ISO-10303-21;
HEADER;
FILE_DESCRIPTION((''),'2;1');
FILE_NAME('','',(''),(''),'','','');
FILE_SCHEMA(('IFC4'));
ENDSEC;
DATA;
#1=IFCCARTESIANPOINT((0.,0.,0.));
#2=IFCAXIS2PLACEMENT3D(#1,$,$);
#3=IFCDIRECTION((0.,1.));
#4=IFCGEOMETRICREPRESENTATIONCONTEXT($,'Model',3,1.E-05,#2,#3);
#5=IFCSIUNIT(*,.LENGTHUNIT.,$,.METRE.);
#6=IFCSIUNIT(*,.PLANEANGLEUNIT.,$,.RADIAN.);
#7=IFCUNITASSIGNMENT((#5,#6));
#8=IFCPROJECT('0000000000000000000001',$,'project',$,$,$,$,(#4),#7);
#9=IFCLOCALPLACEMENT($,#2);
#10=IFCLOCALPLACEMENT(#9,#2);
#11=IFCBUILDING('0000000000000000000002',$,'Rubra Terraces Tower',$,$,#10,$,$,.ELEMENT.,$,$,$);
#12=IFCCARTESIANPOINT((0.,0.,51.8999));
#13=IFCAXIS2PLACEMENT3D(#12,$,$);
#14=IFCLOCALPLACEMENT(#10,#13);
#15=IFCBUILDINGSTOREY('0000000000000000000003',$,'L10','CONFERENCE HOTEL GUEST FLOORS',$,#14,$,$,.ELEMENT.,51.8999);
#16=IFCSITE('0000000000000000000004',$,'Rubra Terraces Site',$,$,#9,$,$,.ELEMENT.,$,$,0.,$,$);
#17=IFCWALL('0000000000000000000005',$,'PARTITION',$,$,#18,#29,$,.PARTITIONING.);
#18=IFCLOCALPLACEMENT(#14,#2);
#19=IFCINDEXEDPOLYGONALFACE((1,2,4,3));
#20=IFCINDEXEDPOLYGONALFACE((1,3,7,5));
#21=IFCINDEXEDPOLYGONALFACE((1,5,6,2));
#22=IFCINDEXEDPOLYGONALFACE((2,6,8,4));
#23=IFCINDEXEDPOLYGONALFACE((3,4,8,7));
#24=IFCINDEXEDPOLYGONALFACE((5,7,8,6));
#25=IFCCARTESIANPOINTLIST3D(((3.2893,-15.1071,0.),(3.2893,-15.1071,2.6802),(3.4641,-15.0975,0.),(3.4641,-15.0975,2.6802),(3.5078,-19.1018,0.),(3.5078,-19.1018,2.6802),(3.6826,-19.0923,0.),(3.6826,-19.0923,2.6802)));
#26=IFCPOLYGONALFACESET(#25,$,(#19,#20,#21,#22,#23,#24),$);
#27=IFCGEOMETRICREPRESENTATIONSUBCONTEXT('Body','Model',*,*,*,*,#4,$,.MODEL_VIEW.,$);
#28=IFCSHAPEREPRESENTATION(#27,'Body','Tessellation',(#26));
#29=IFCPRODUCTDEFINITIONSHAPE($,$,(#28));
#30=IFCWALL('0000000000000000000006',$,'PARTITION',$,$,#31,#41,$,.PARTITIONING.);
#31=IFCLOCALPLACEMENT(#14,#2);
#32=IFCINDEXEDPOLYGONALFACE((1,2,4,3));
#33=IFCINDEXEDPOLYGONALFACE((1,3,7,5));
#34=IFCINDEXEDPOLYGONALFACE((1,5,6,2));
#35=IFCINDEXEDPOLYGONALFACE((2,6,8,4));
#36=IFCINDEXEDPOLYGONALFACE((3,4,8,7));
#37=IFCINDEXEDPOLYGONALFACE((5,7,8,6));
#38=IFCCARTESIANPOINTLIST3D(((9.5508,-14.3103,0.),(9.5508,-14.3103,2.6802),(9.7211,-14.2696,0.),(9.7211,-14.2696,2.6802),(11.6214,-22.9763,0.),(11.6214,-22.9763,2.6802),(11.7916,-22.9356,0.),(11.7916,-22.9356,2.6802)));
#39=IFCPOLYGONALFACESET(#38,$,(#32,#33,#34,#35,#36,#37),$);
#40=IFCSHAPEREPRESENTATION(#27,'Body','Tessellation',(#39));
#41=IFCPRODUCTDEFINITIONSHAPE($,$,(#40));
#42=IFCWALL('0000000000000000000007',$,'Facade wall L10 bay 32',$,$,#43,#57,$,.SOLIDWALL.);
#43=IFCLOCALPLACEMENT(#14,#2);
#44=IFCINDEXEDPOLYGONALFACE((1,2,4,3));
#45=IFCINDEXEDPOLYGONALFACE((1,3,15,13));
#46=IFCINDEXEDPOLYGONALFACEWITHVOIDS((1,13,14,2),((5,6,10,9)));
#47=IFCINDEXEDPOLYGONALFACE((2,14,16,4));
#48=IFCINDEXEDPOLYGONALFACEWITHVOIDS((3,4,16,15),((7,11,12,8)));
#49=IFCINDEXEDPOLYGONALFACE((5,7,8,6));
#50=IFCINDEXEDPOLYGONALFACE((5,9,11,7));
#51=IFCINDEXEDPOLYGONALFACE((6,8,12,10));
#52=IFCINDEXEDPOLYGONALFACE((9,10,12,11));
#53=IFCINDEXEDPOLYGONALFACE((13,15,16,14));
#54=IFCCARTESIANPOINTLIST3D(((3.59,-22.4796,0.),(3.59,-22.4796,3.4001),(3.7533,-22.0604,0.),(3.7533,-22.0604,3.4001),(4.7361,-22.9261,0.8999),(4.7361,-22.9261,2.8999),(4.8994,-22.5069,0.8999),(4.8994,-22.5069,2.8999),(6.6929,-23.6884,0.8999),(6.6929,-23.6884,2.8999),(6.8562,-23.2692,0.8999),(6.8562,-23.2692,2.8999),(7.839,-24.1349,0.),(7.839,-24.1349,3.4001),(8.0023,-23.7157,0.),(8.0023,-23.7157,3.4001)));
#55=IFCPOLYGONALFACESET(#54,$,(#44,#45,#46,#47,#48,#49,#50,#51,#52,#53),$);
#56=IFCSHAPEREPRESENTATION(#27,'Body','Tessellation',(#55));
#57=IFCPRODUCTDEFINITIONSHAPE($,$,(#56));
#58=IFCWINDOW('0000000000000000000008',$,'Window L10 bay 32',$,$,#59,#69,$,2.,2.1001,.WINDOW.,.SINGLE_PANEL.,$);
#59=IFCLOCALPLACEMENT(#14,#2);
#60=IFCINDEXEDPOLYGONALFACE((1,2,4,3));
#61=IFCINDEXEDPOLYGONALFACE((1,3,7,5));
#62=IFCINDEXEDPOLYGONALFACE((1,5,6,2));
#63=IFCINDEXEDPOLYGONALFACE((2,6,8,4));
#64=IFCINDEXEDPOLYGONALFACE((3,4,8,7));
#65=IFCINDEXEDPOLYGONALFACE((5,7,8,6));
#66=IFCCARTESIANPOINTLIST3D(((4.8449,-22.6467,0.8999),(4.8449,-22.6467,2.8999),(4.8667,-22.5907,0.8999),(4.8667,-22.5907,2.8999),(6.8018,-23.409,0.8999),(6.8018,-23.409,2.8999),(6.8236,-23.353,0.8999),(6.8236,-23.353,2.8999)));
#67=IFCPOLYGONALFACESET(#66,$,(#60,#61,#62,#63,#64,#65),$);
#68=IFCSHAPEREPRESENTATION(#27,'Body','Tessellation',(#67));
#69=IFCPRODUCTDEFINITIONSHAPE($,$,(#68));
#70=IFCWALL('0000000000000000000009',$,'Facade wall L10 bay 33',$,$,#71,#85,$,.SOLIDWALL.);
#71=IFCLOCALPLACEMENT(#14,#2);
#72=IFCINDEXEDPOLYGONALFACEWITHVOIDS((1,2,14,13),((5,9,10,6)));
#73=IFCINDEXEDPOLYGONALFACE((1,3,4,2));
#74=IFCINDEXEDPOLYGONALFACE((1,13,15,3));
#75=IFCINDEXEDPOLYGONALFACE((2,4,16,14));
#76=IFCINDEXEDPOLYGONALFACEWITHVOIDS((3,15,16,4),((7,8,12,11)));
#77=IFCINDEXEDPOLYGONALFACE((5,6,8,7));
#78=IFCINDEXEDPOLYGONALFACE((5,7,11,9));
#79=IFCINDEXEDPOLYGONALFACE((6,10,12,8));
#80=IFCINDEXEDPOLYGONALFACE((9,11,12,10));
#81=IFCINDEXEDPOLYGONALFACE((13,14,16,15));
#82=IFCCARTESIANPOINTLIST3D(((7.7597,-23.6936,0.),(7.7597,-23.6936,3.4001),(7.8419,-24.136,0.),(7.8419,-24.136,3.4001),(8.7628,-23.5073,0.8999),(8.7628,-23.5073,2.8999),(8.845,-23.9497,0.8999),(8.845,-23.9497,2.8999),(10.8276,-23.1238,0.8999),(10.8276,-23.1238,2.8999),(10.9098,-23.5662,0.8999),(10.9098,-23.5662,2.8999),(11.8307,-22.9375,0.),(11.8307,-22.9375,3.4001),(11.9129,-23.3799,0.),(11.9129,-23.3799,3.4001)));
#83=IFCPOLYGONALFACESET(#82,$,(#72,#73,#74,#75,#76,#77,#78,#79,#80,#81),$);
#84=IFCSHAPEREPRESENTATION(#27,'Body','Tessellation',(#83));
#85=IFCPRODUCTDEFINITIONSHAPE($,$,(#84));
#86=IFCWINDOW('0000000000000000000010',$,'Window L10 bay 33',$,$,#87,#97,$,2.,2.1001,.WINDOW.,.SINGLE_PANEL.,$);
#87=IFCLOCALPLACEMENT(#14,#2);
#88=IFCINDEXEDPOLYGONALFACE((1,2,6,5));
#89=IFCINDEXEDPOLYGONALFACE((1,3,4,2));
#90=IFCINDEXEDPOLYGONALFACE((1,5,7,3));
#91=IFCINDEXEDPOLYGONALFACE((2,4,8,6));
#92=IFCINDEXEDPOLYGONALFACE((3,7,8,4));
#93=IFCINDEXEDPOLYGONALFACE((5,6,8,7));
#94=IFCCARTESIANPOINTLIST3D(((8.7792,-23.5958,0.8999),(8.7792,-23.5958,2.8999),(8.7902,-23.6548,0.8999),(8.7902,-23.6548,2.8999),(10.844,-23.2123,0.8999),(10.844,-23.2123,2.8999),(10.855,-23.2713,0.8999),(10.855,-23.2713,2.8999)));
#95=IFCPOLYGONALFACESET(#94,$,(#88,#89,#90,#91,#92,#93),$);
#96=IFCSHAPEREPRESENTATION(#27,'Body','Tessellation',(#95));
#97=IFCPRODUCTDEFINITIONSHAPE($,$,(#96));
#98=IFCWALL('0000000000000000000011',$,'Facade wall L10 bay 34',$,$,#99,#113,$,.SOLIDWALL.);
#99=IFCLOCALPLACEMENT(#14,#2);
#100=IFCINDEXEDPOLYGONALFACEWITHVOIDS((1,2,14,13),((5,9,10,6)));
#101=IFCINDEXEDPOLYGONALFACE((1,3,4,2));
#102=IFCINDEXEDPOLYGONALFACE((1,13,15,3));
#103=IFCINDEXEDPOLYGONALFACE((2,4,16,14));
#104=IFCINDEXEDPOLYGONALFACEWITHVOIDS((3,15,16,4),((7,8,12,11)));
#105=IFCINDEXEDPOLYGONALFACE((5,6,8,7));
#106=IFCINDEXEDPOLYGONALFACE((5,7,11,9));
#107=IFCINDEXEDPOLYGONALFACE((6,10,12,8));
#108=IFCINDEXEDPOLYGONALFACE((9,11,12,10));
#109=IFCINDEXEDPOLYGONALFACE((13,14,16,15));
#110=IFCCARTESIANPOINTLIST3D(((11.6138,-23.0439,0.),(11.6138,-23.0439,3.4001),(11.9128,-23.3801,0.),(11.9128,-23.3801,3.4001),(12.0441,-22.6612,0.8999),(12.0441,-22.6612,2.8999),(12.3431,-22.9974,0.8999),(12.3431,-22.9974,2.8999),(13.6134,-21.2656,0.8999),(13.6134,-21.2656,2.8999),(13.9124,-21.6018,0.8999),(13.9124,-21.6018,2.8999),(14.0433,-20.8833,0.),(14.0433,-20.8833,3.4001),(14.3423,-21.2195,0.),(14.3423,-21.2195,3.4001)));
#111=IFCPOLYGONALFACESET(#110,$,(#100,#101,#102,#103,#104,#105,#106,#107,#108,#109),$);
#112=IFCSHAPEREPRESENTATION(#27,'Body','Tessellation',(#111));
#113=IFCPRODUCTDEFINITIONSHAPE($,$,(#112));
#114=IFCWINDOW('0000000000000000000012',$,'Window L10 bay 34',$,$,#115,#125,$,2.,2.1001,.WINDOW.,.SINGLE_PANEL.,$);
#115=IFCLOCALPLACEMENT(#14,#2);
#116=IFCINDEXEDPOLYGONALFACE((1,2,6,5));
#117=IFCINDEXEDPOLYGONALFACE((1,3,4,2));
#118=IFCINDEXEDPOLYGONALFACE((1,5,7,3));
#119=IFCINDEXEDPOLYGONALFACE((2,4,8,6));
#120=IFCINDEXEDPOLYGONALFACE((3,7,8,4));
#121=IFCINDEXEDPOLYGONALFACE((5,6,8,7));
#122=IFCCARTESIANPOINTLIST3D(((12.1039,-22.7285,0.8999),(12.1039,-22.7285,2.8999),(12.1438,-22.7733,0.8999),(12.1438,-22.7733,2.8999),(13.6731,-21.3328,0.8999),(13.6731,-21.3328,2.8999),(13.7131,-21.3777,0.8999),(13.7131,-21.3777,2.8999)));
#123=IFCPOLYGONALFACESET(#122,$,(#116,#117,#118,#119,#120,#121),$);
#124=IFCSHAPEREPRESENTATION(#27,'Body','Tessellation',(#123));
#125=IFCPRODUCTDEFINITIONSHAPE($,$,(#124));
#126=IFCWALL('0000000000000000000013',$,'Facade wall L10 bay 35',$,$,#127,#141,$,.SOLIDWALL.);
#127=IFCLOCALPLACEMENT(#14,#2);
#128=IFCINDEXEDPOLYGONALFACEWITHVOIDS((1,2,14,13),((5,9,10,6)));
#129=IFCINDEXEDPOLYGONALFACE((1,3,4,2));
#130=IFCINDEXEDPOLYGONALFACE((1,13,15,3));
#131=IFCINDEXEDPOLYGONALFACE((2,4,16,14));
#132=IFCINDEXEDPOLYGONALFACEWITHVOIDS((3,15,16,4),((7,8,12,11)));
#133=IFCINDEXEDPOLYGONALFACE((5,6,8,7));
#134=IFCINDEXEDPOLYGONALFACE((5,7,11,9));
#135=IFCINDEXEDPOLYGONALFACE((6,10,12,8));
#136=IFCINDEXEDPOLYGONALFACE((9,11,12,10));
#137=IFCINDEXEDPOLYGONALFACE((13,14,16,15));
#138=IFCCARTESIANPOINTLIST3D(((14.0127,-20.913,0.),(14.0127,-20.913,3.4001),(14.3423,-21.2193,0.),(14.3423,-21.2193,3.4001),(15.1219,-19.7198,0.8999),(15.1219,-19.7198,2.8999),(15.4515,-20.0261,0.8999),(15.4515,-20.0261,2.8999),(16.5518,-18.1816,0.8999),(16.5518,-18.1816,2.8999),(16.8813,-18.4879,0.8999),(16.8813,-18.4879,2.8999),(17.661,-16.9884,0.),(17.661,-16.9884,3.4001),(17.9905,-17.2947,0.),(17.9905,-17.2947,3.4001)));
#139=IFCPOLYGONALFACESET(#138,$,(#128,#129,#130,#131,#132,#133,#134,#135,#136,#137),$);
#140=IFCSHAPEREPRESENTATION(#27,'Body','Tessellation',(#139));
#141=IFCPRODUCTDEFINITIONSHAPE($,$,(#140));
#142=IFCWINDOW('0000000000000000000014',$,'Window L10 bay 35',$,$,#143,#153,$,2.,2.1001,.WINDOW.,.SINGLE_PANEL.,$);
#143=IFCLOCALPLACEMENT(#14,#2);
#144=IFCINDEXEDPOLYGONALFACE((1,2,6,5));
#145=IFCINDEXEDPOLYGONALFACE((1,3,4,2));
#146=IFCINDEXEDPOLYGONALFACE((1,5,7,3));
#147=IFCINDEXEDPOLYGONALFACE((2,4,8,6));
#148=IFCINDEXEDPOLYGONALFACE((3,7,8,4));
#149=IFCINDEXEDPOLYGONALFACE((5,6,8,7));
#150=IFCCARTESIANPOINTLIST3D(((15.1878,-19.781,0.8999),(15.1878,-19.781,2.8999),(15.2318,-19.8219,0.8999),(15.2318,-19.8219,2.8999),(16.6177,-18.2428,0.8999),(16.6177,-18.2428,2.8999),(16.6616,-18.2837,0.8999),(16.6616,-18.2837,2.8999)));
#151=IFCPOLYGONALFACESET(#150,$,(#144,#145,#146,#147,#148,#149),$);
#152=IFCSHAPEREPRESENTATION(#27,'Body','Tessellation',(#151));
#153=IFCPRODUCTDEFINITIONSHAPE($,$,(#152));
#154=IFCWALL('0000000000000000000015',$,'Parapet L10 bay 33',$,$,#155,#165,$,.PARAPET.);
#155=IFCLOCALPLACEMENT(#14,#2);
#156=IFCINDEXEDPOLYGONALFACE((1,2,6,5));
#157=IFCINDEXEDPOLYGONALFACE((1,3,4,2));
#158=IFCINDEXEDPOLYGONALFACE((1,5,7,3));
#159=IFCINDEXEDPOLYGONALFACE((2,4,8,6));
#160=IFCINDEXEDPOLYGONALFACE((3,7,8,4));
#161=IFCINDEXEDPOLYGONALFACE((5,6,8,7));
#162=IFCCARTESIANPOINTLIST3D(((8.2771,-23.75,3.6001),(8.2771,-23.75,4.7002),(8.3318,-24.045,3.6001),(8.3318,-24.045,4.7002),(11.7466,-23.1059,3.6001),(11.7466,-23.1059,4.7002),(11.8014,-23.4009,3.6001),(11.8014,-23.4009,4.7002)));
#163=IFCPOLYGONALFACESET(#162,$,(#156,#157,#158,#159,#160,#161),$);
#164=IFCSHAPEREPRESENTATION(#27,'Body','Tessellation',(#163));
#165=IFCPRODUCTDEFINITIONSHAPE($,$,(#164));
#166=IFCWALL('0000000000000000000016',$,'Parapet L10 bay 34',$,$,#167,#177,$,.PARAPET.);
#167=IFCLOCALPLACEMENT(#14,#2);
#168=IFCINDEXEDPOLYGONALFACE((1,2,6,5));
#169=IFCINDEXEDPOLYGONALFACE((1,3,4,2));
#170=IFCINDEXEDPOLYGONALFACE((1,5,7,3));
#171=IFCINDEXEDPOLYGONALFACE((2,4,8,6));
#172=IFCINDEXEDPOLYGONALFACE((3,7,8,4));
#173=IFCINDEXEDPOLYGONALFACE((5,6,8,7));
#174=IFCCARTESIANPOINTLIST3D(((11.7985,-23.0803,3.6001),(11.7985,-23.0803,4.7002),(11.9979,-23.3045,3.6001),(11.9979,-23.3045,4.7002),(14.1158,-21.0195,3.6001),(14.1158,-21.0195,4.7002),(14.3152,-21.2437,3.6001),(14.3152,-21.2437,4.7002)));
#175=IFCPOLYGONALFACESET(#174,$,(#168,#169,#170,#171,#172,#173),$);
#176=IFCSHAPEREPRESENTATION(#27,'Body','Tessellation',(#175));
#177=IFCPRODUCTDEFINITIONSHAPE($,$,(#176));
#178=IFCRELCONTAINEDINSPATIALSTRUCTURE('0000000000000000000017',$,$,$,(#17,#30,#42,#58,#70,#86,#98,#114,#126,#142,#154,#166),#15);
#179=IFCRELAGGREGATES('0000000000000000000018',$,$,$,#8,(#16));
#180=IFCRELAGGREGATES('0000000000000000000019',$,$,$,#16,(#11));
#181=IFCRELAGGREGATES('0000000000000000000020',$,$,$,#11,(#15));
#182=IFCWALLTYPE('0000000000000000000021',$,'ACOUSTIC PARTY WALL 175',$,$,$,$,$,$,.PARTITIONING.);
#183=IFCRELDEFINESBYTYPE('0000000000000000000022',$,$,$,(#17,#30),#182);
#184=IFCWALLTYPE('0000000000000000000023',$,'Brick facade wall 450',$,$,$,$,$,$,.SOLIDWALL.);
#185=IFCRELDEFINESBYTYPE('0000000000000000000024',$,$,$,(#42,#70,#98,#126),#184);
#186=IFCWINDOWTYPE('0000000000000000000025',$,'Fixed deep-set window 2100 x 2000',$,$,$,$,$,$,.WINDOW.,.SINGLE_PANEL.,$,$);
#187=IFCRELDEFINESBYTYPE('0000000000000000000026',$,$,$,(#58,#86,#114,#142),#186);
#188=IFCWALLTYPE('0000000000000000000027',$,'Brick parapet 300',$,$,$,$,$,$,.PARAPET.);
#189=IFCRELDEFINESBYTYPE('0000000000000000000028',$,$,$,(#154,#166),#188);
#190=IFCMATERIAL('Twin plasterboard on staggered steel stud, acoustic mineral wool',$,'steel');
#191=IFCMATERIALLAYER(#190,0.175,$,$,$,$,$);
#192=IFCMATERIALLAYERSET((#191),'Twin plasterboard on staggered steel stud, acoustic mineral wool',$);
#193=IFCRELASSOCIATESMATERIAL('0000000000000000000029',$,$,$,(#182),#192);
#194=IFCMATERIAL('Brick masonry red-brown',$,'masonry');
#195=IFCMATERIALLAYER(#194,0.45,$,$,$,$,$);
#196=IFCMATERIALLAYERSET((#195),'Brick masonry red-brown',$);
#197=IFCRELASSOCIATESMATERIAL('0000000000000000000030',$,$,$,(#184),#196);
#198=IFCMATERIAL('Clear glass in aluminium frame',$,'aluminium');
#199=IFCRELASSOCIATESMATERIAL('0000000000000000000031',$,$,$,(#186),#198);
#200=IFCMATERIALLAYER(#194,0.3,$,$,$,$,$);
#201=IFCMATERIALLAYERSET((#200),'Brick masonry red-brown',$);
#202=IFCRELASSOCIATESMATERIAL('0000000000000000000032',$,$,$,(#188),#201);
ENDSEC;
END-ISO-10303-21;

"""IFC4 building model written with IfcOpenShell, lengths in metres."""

from ifc_helpers import new_model, si_unit, direction, frame, frame_2d, origin, place, context, subcontext, project, spatial, rectangle, extrude, material, layer, layer_set, type_object, element, fill, save


model = new_model("IFC4")

# Units and contexts
model_context = context("Model", 3, precision=1e-05, world=origin(), true_north=direction((0.0, 1.0)))
body_context = subcontext(model_context, "Body", "Model", "MODEL_VIEW")
ifc_project = project(units=[si_unit("LENGTHUNIT", "METRE"), si_unit("PLANEANGLEUNIT", "RADIAN")], contexts=[model_context])

# Site, building, storey
site_placement = place(None, origin())
site = spatial("IfcSite", under=ifc_project, at=site_placement, Name="Rubra Terraces Site", CompositionType="ELEMENT", RefElevation=0.0)
building_placement = place(site_placement, origin())
building = spatial("IfcBuilding", under=site, at=building_placement, Name="Rubra Terraces Tower", CompositionType="ELEMENT")
storey_placement = place(building_placement, frame((0.0, 0.0, 51.8999)))
storey = spatial("IfcBuildingStorey", under=building, at=storey_placement, Name="L10", Description="CONFERENCE HOTEL GUEST FLOORS", CompositionType="ELEMENT", Elevation=51.8999)

# Walls
ifc_material_1 = material(Name="Twin plasterboard on staggered steel stud, acoustic mineral wool", Category="steel")
ifc_layer_1 = layer(ifc_material_1, 0.175)
ifc_layer_set_1 = layer_set([ifc_layer_1], Name="Twin plasterboard on staggered steel stud, acoustic mineral wool")
wall_type_1 = type_object("IfcWallType", Name="ACOUSTIC PARTY WALL 175", PredefinedType="PARTITIONING", material=ifc_layer_set_1)
wall_1_placement = place(storey_placement, frame((3.5952, -19.0972, 0.0), z_axis=(0.0, 0.0, 1.0), x_axis=(-0.054615, 0.998507, 0.0)))
element("IfcWall", 1, at=wall_1_placement, inside=storey, type_object=wall_type_1, Name="PARTITION", PredefinedType="PARTITIONING", context=body_context, shape_type="SweptSolid", body=[
    extrude(rectangle(XDim=4.0007, YDim=0.175, at=frame_2d((2.0005, 0.0))), origin(), (0.0, 0.0, 1.0), 2.6802),
])
wall_2_placement = place(storey_placement, frame((11.7065, -22.9561, 0.0), z_axis=(0.0, 0.0, 1.0), x_axis=(-0.232387, 0.972623, 0.0)))
element("IfcWall", 2, at=wall_2_placement, inside=storey, type_object=wall_type_1, Name="PARTITION", PredefinedType="PARTITIONING", context=body_context, shape_type="SweptSolid", body=[
    extrude(rectangle(XDim=8.9099, YDim=0.175, at=frame_2d((4.4551, 0.0))), origin(), (0.0, 0.0, 1.0), 2.6802),
])

# Walls, openings, windows
ifc_material_2 = material(Name="Brick masonry red-brown", Category="masonry")
ifc_layer_2 = layer(ifc_material_2, 0.45)
ifc_layer_set_2 = layer_set([ifc_layer_2], Name="Brick masonry red-brown")
wall_type_2 = type_object("IfcWallType", Name="Brick facade wall 450", PredefinedType="SOLIDWALL", material=ifc_layer_set_2)
wall_3_placement = place(storey_placement, frame((3.6716, -22.27, 0.0), z_axis=(0.0, 0.0, 1.0), x_axis=(0.931792, -0.362994, 0.0)))
wall_3 = element("IfcWall", 3, at=wall_3_placement, inside=storey, type_object=wall_type_2, Name="Facade wall L10 bay 32", PredefinedType="SOLIDWALL", context=body_context, shape_type="SweptSolid", body=[
    extrude(rectangle(XDim=4.5601, YDim=0.45, at=frame_2d((2.28, 0.0))), origin(), (0.0, 0.0, 1.0), 3.4001),
])
opening_1_placement = place(wall_3_placement, frame((1.23, 0.0, 0.8999)))
opening_1 = element("IfcOpeningElement", 4, at=opening_1_placement, cuts=wall_3, PredefinedType="OPENING", context=body_context, shape_type="SweptSolid", body=[
    extrude(rectangle(XDim=2.1001, YDim=2.0, at=frame_2d((1.05, 1.0))), frame((0.0, 0.2349, 0.0), z_axis=(0.0, -1.0, 0.0), x_axis=(1.0, 0.0, 0.0)), (0.0, 0.0, 1.0), 0.47),
])
ifc_material_3 = material(Name="Clear glass in aluminium frame", Category="aluminium")
window_type = type_object("IfcWindowType", Name="Fixed deep-set window 2100 x 2000", PartitioningType="SINGLE_PANEL", PredefinedType="WINDOW", material=ifc_material_3)
window_1_placement = place(opening_1_placement, origin())
window_1 = element("IfcWindow", 5, at=window_1_placement, inside=storey, type_object=window_type, Name="Window L10 bay 32", OverallHeight=2.0, OverallWidth=2.1001, PartitioningType="SINGLE_PANEL", PredefinedType="WINDOW", context=body_context, shape_type="SweptSolid", body=[
    extrude(rectangle(XDim=2.1001, YDim=2.0, at=frame_2d((1.05, 1.0))), frame((0.0, 0.135, 0.0), z_axis=(0.0, -1.0, 0.0), x_axis=(1.0, 0.0, 0.0)), (0.0, 0.0, 1.0), 0.0601),
])
fill(opening_1, window_1)
wall_4_placement = place(storey_placement, frame((7.8008, -23.9148, 0.0), z_axis=(0.0, 0.0, 1.0), x_axis=(0.983186, 0.182604, 0.0)))
wall_4 = element("IfcWall", 6, at=wall_4_placement, inside=storey, type_object=wall_type_2, Name="Facade wall L10 bay 33", PredefinedType="SOLIDWALL", context=body_context, shape_type="SweptSolid", body=[
    extrude(rectangle(XDim=4.1406, YDim=0.45, at=frame_2d((2.0703, 0.0))), origin(), (0.0, 0.0, 1.0), 3.4001),
])
opening_2_placement = place(wall_4_placement, frame((1.0203, 0.0, 0.8999)))
opening_2 = element("IfcOpeningElement", 7, at=opening_2_placement, cuts=wall_4, PredefinedType="OPENING", context=body_context, shape_type="SweptSolid", body=[
    extrude(rectangle(XDim=2.1001, YDim=2.0, at=frame_2d((1.05, 1.0))), frame((0.0, 0.2349, 0.0), z_axis=(0.0, -1.0, 0.0), x_axis=(1.0, 0.0, 0.0)), (0.0, 0.0, 1.0), 0.47),
])
window_2_placement = place(opening_2_placement, origin())
window_2 = element("IfcWindow", 8, at=window_2_placement, inside=storey, type_object=window_type, Name="Window L10 bay 33", OverallHeight=2.0, OverallWidth=2.1001, PartitioningType="SINGLE_PANEL", PredefinedType="WINDOW", context=body_context, shape_type="SweptSolid", body=[
    extrude(rectangle(XDim=2.1001, YDim=2.0, at=frame_2d((1.05, 1.0))), frame((0.0, 0.135, 0.0), z_axis=(0.0, -1.0, 0.0), x_axis=(1.0, 0.0, 0.0)), (0.0, 0.0, 1.0), 0.0601),
])
fill(opening_2, window_2)
wall_5_placement = place(storey_placement, frame((11.7634, -23.2119, 0.0), z_axis=(0.0, 0.0, 1.0), x_axis=(0.747235, 0.66456, 0.0)))
wall_5 = element("IfcWall", 9, at=wall_5_placement, inside=storey, type_object=wall_type_2, Name="Facade wall L10 bay 34", PredefinedType="SOLIDWALL", context=body_context, shape_type="SweptSolid", body=[
    extrude(rectangle(XDim=3.2512, YDim=0.45, at=frame_2d((1.6255, 0.0))), origin(), (0.0, 0.0, 1.0), 3.4001),
])
opening_3_placement = place(wall_5_placement, frame((0.5757, 0.0, 0.8999)))
opening_3 = element("IfcOpeningElement", 10, at=opening_3_placement, cuts=wall_5, PredefinedType="OPENING", context=body_context, shape_type="SweptSolid", body=[
    extrude(rectangle(XDim=2.1001, YDim=2.0, at=frame_2d((1.05, 1.0))), frame((0.0, 0.2349, 0.0), z_axis=(0.0, -1.0, 0.0), x_axis=(1.0, 0.0, 0.0)), (0.0, 0.0, 1.0), 0.47),
])
window_3_placement = place(opening_3_placement, origin())
window_3 = element("IfcWindow", 11, at=window_3_placement, inside=storey, type_object=window_type, Name="Window L10 bay 34", OverallHeight=2.0, OverallWidth=2.1001, PartitioningType="SINGLE_PANEL", PredefinedType="WINDOW", context=body_context, shape_type="SweptSolid", body=[
    extrude(rectangle(XDim=2.1001, YDim=2.0, at=frame_2d((1.05, 1.0))), frame((0.0, 0.135, 0.0), z_axis=(0.0, -1.0, 0.0), x_axis=(1.0, 0.0, 0.0)), (0.0, 0.0, 1.0), 0.0601),
])
fill(opening_3, window_3)
wall_6_placement = place(storey_placement, frame((14.1775, -21.0662, 0.0), z_axis=(0.0, 0.0, 1.0), x_axis=(0.680848, 0.732425, 0.0)))
wall_6 = element("IfcWall", 12, at=wall_6_placement, inside=storey, type_object=wall_type_2, Name="Facade wall L10 bay 35", PredefinedType="SOLIDWALL", context=body_context, shape_type="SweptSolid", body=[
    extrude(rectangle(XDim=5.3584, YDim=0.45, at=frame_2d((2.6792, 0.0))), origin(), (0.0, 0.0, 1.0), 3.4001),
])
opening_4_placement = place(wall_6_placement, frame((1.6292, 0.0, 0.8999)))
opening_4 = element("IfcOpeningElement", 13, at=opening_4_placement, cuts=wall_6, PredefinedType="OPENING", context=body_context, shape_type="SweptSolid", body=[
    extrude(rectangle(XDim=2.1001, YDim=2.0, at=frame_2d((1.05, 1.0))), frame((0.0, 0.2349, 0.0), z_axis=(0.0, -1.0, 0.0), x_axis=(1.0, 0.0, 0.0)), (0.0, 0.0, 1.0), 0.47),
])
window_4_placement = place(opening_4_placement, origin())
window_4 = element("IfcWindow", 14, at=window_4_placement, inside=storey, type_object=window_type, Name="Window L10 bay 35", OverallHeight=2.0, OverallWidth=2.1001, PartitioningType="SINGLE_PANEL", PredefinedType="WINDOW", context=body_context, shape_type="SweptSolid", body=[
    extrude(rectangle(XDim=2.1001, YDim=2.0, at=frame_2d((1.05, 1.0))), frame((0.0, 0.135, 0.0), z_axis=(0.0, -1.0, 0.0), x_axis=(1.0, 0.0, 0.0)), (0.0, 0.0, 1.0), 0.0601),
])
fill(opening_4, window_4)

# Walls
ifc_layer_3 = layer(ifc_material_2, 0.3)
ifc_layer_set_3 = layer_set([ifc_layer_3], Name="Brick masonry red-brown")
wall_type_3 = type_object("IfcWallType", Name="Brick parapet 300", PredefinedType="PARAPET", material=ifc_layer_set_3)
wall_7_placement = place(storey_placement, frame((8.3044, -23.8975, 3.6001), z_axis=(0.0, 0.0, 1.0), x_axis=(0.983203, 0.182513, 0.0)))
element("IfcWall", 15, at=wall_7_placement, inside=storey, type_object=wall_type_3, Name="Parapet L10 bay 33", PredefinedType="PARAPET", context=body_context, shape_type="SweptSolid", body=[
    extrude(rectangle(XDim=3.5288, YDim=0.3, at=frame_2d((1.7644, 0.0))), origin(), (0.0, 0.0, 1.0), 1.1001),
])
wall_8_placement = place(storey_placement, frame((11.8982, -23.1924, 3.6001), z_axis=(0.0, 0.0, 1.0), x_axis=(0.747266, 0.664525, 0.0)))
element("IfcWall", 16, at=wall_8_placement, inside=storey, type_object=wall_type_3, Name="Parapet L10 bay 34", PredefinedType="PARAPET", context=body_context, shape_type="SweptSolid", body=[
    extrude(rectangle(XDim=3.1011, YDim=0.3, at=frame_2d((1.5505, 0.0))), origin(), (0.0, 0.0, 1.0), 1.1001),
])

save(model, "model.ifc")
